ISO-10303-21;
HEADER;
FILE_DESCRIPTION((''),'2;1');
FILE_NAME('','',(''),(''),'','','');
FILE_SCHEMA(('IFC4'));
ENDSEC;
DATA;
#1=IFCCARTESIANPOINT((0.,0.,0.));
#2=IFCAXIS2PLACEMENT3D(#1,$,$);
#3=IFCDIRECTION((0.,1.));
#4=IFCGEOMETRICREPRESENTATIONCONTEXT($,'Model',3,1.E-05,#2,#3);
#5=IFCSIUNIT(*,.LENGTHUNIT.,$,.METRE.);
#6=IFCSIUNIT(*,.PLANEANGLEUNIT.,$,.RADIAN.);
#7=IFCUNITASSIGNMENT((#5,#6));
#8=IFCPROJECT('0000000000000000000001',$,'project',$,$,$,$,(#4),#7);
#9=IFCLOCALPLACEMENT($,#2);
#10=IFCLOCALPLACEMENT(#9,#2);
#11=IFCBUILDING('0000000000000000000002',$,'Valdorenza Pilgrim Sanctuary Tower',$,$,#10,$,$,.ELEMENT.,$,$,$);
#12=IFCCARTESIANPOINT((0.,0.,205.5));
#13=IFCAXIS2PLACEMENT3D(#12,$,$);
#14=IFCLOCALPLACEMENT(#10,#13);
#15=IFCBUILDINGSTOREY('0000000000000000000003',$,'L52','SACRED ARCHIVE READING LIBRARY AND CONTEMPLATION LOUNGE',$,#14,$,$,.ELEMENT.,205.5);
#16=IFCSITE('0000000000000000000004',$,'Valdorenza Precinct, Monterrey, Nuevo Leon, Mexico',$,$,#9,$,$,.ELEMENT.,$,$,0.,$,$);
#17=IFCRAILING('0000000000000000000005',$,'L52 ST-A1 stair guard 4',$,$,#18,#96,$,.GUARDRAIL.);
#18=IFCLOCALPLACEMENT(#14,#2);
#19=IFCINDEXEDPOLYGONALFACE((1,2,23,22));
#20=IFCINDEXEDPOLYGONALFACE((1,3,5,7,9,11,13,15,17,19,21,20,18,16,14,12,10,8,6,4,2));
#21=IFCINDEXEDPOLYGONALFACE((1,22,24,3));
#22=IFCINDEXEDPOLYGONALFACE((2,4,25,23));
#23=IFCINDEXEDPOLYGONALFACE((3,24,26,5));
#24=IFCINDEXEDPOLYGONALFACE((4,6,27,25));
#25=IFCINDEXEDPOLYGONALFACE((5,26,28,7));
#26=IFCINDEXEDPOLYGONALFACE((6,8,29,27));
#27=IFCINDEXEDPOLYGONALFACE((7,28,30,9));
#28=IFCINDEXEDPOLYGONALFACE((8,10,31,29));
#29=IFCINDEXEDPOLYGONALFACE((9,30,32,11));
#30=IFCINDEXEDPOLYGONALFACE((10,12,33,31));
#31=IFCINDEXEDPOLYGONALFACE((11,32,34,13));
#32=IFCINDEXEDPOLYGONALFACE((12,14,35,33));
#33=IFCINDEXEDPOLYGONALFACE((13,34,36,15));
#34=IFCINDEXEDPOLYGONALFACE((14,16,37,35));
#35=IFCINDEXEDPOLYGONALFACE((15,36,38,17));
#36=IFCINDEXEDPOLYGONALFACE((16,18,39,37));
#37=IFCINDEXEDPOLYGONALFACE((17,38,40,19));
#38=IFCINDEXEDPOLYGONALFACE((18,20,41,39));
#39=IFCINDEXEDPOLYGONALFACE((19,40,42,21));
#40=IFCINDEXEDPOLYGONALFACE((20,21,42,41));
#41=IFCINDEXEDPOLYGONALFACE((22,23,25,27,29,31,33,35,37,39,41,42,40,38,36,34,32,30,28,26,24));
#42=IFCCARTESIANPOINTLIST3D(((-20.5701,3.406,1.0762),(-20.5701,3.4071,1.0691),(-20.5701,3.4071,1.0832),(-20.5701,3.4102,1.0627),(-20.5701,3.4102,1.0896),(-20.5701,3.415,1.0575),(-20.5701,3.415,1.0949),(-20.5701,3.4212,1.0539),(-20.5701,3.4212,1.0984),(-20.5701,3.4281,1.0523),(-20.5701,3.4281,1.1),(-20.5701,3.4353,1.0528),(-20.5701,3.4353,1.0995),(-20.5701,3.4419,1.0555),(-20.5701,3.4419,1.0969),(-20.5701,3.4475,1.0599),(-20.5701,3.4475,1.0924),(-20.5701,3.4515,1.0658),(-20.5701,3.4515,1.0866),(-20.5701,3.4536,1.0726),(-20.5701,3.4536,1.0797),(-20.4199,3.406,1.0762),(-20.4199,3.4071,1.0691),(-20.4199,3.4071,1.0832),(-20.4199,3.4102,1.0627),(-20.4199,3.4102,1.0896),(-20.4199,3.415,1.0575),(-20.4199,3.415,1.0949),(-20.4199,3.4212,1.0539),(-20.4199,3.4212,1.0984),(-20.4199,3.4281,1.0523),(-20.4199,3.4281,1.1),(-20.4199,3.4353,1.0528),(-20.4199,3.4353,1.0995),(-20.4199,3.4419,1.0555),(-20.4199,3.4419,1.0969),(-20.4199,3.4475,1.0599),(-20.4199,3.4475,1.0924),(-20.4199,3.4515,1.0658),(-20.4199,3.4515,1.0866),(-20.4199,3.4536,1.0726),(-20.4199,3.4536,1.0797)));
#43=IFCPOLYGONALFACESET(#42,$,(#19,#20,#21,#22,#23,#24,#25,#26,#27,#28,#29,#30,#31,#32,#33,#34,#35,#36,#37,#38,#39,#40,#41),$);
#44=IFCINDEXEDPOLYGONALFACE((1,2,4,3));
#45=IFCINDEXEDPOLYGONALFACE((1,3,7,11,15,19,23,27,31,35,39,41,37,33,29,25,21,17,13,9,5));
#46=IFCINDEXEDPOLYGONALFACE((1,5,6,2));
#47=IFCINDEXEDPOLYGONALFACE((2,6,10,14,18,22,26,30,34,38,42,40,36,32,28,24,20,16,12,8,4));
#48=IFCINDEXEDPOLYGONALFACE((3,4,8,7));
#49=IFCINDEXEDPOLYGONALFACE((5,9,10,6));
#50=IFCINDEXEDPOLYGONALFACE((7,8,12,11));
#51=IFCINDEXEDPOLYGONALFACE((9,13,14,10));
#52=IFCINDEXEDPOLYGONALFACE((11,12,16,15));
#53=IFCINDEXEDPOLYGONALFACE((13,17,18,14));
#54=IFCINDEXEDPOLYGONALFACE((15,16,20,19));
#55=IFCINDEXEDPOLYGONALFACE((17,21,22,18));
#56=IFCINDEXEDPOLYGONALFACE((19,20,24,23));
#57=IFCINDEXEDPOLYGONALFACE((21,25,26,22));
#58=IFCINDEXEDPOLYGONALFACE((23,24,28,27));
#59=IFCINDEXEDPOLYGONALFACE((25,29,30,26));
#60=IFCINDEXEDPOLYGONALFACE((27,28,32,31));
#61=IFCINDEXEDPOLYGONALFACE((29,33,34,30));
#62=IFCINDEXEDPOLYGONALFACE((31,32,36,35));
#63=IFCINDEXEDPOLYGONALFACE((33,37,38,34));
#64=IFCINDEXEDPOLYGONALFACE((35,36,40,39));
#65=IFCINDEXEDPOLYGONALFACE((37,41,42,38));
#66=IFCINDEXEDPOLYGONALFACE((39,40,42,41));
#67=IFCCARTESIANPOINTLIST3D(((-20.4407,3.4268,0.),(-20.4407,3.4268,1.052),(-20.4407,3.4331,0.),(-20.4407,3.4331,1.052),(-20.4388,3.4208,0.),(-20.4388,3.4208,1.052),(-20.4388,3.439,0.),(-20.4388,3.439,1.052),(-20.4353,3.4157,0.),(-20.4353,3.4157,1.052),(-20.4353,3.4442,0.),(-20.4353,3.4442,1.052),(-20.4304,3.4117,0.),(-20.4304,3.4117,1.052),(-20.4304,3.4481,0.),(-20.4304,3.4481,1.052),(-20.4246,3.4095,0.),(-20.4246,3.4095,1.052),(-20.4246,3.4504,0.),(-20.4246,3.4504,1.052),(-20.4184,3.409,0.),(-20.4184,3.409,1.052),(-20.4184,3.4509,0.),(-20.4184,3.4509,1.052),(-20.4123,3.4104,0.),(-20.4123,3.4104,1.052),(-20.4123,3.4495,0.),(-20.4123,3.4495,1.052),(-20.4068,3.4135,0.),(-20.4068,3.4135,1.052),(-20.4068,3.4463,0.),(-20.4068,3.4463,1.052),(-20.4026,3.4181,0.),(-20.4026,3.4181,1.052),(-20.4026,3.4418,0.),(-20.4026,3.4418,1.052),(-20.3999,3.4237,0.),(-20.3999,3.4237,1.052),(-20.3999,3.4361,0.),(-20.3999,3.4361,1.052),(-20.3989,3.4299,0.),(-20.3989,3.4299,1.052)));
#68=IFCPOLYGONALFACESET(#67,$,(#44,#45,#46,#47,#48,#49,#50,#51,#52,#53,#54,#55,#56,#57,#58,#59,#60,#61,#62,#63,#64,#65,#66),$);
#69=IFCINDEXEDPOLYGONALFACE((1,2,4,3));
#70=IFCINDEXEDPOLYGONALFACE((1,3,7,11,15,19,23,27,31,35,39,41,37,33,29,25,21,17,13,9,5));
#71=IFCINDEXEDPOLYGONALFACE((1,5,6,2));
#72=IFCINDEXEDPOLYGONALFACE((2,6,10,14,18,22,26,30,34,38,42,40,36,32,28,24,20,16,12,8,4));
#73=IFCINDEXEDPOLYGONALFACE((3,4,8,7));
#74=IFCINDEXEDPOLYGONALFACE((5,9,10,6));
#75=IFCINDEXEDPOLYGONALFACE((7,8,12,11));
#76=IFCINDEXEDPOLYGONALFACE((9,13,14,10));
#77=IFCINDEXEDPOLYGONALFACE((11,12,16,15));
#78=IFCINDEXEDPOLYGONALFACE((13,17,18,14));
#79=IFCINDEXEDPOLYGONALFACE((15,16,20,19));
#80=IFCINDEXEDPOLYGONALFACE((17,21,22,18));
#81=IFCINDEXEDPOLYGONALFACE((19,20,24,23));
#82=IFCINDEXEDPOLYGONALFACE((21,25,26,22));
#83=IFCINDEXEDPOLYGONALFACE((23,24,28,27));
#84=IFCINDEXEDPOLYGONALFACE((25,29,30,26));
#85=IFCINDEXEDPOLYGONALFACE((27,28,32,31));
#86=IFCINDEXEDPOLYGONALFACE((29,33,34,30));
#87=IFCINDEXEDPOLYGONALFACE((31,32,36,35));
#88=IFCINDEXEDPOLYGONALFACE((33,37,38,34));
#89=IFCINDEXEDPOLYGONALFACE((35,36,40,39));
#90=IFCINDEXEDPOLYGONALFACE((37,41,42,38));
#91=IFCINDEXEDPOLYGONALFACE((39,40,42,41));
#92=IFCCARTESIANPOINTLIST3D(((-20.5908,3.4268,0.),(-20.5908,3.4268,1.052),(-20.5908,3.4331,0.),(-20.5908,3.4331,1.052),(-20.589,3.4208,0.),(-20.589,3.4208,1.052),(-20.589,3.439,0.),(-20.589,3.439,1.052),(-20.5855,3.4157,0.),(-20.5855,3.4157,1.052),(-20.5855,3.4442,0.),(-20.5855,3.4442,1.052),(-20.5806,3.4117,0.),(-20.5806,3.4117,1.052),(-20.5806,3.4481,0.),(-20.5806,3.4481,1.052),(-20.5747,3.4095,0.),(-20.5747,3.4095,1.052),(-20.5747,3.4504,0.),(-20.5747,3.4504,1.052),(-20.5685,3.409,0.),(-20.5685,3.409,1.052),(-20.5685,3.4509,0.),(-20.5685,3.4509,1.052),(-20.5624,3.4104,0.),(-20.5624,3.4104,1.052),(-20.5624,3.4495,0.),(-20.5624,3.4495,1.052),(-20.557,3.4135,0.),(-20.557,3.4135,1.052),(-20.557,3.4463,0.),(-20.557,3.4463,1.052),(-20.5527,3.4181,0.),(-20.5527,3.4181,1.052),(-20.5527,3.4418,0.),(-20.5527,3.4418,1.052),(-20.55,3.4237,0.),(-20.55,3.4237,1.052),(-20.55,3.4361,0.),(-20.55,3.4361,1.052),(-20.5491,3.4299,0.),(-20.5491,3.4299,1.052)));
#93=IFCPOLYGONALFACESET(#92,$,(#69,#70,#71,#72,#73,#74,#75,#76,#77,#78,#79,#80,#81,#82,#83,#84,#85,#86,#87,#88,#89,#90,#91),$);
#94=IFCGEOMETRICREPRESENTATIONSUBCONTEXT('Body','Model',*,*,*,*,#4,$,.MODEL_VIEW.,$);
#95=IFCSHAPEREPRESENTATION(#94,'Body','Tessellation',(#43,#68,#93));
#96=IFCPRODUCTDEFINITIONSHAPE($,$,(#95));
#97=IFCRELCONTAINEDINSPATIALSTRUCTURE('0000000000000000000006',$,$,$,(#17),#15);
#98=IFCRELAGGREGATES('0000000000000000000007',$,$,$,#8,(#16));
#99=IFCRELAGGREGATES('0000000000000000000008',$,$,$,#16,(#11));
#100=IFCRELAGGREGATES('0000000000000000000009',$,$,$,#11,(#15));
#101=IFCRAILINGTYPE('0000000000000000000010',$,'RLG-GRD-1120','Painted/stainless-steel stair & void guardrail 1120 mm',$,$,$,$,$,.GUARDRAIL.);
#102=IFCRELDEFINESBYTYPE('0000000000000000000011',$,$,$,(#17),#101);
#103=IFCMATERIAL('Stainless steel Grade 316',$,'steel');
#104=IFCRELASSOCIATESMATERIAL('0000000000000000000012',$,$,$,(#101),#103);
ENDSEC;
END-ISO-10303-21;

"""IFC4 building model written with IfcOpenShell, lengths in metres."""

from ifc_helpers import new_model, si_unit, direction, frame, origin, origin_2d, place, context, subcontext, project, spatial, circle, extrude, material, type_object, element, save


model = new_model("IFC4")

# Units and contexts
model_context = context("Model", 3, precision=1e-05, world=origin(), true_north=direction((0.0, 1.0)))
body_context = subcontext(model_context, "Body", "Model", "MODEL_VIEW")
ifc_project = project(units=[si_unit("LENGTHUNIT", "METRE"), si_unit("PLANEANGLEUNIT", "RADIAN")], contexts=[model_context])

# Site, building, storey
site_placement = place(None, origin())
site = spatial("IfcSite", under=ifc_project, at=site_placement, Name="Valdorenza Precinct, Monterrey, Nuevo Leon, Mexico", CompositionType="ELEMENT", RefElevation=0.0)
building_placement = place(site_placement, origin())
building = spatial("IfcBuilding", under=site, at=building_placement, Name="Valdorenza Pilgrim Sanctuary Tower", CompositionType="ELEMENT")
storey_placement = place(building_placement, frame((0.0, 0.0, 205.5)))
storey = spatial("IfcBuildingStorey", under=building, at=storey_placement, Name="L52", Description="SACRED ARCHIVE READING LIBRARY AND CONTEMPLATION LOUNGE", CompositionType="ELEMENT", Elevation=205.5)

# Railing
ifc_material_1 = material(Name="Stainless steel Grade 316", Category="steel")
railing_type_1 = type_object("IfcRailingType", Name="RLG-GRD-1120", Description="Painted/stainless-steel stair & void guardrail 1120 mm", PredefinedType="GUARDRAIL", material=ifc_material_1)
railing_1_placement = place(storey_placement, frame((-20.4199, 3.4299, 0.0)))
element("IfcRailing", 1, at=railing_1_placement, inside=storey, type_object=railing_type_1, Name="L52 ST-A1 stair guard 4", PredefinedType="GUARDRAIL", context=body_context, shape_type="SweptSolid", body=[
    extrude(circle(Radius=0.0239, at=origin_2d()), frame((0.0, 0.0, 1.0762), z_axis=(-1.0, 0.0, 0.0), x_axis=(0.0, -1.0, 0.0)), (0.0, 0.0, 1.0), 0.1501),
    extrude(circle(Radius=0.021, at=origin_2d()), origin(), (0.0, 0.0, 1.0), 1.052),
    extrude(circle(Radius=0.021, at=origin_2d()), frame((-0.1501, 0.0, 0.0)), (0.0, 0.0, 1.0), 1.052),
])

save(model, "model.ifc")
